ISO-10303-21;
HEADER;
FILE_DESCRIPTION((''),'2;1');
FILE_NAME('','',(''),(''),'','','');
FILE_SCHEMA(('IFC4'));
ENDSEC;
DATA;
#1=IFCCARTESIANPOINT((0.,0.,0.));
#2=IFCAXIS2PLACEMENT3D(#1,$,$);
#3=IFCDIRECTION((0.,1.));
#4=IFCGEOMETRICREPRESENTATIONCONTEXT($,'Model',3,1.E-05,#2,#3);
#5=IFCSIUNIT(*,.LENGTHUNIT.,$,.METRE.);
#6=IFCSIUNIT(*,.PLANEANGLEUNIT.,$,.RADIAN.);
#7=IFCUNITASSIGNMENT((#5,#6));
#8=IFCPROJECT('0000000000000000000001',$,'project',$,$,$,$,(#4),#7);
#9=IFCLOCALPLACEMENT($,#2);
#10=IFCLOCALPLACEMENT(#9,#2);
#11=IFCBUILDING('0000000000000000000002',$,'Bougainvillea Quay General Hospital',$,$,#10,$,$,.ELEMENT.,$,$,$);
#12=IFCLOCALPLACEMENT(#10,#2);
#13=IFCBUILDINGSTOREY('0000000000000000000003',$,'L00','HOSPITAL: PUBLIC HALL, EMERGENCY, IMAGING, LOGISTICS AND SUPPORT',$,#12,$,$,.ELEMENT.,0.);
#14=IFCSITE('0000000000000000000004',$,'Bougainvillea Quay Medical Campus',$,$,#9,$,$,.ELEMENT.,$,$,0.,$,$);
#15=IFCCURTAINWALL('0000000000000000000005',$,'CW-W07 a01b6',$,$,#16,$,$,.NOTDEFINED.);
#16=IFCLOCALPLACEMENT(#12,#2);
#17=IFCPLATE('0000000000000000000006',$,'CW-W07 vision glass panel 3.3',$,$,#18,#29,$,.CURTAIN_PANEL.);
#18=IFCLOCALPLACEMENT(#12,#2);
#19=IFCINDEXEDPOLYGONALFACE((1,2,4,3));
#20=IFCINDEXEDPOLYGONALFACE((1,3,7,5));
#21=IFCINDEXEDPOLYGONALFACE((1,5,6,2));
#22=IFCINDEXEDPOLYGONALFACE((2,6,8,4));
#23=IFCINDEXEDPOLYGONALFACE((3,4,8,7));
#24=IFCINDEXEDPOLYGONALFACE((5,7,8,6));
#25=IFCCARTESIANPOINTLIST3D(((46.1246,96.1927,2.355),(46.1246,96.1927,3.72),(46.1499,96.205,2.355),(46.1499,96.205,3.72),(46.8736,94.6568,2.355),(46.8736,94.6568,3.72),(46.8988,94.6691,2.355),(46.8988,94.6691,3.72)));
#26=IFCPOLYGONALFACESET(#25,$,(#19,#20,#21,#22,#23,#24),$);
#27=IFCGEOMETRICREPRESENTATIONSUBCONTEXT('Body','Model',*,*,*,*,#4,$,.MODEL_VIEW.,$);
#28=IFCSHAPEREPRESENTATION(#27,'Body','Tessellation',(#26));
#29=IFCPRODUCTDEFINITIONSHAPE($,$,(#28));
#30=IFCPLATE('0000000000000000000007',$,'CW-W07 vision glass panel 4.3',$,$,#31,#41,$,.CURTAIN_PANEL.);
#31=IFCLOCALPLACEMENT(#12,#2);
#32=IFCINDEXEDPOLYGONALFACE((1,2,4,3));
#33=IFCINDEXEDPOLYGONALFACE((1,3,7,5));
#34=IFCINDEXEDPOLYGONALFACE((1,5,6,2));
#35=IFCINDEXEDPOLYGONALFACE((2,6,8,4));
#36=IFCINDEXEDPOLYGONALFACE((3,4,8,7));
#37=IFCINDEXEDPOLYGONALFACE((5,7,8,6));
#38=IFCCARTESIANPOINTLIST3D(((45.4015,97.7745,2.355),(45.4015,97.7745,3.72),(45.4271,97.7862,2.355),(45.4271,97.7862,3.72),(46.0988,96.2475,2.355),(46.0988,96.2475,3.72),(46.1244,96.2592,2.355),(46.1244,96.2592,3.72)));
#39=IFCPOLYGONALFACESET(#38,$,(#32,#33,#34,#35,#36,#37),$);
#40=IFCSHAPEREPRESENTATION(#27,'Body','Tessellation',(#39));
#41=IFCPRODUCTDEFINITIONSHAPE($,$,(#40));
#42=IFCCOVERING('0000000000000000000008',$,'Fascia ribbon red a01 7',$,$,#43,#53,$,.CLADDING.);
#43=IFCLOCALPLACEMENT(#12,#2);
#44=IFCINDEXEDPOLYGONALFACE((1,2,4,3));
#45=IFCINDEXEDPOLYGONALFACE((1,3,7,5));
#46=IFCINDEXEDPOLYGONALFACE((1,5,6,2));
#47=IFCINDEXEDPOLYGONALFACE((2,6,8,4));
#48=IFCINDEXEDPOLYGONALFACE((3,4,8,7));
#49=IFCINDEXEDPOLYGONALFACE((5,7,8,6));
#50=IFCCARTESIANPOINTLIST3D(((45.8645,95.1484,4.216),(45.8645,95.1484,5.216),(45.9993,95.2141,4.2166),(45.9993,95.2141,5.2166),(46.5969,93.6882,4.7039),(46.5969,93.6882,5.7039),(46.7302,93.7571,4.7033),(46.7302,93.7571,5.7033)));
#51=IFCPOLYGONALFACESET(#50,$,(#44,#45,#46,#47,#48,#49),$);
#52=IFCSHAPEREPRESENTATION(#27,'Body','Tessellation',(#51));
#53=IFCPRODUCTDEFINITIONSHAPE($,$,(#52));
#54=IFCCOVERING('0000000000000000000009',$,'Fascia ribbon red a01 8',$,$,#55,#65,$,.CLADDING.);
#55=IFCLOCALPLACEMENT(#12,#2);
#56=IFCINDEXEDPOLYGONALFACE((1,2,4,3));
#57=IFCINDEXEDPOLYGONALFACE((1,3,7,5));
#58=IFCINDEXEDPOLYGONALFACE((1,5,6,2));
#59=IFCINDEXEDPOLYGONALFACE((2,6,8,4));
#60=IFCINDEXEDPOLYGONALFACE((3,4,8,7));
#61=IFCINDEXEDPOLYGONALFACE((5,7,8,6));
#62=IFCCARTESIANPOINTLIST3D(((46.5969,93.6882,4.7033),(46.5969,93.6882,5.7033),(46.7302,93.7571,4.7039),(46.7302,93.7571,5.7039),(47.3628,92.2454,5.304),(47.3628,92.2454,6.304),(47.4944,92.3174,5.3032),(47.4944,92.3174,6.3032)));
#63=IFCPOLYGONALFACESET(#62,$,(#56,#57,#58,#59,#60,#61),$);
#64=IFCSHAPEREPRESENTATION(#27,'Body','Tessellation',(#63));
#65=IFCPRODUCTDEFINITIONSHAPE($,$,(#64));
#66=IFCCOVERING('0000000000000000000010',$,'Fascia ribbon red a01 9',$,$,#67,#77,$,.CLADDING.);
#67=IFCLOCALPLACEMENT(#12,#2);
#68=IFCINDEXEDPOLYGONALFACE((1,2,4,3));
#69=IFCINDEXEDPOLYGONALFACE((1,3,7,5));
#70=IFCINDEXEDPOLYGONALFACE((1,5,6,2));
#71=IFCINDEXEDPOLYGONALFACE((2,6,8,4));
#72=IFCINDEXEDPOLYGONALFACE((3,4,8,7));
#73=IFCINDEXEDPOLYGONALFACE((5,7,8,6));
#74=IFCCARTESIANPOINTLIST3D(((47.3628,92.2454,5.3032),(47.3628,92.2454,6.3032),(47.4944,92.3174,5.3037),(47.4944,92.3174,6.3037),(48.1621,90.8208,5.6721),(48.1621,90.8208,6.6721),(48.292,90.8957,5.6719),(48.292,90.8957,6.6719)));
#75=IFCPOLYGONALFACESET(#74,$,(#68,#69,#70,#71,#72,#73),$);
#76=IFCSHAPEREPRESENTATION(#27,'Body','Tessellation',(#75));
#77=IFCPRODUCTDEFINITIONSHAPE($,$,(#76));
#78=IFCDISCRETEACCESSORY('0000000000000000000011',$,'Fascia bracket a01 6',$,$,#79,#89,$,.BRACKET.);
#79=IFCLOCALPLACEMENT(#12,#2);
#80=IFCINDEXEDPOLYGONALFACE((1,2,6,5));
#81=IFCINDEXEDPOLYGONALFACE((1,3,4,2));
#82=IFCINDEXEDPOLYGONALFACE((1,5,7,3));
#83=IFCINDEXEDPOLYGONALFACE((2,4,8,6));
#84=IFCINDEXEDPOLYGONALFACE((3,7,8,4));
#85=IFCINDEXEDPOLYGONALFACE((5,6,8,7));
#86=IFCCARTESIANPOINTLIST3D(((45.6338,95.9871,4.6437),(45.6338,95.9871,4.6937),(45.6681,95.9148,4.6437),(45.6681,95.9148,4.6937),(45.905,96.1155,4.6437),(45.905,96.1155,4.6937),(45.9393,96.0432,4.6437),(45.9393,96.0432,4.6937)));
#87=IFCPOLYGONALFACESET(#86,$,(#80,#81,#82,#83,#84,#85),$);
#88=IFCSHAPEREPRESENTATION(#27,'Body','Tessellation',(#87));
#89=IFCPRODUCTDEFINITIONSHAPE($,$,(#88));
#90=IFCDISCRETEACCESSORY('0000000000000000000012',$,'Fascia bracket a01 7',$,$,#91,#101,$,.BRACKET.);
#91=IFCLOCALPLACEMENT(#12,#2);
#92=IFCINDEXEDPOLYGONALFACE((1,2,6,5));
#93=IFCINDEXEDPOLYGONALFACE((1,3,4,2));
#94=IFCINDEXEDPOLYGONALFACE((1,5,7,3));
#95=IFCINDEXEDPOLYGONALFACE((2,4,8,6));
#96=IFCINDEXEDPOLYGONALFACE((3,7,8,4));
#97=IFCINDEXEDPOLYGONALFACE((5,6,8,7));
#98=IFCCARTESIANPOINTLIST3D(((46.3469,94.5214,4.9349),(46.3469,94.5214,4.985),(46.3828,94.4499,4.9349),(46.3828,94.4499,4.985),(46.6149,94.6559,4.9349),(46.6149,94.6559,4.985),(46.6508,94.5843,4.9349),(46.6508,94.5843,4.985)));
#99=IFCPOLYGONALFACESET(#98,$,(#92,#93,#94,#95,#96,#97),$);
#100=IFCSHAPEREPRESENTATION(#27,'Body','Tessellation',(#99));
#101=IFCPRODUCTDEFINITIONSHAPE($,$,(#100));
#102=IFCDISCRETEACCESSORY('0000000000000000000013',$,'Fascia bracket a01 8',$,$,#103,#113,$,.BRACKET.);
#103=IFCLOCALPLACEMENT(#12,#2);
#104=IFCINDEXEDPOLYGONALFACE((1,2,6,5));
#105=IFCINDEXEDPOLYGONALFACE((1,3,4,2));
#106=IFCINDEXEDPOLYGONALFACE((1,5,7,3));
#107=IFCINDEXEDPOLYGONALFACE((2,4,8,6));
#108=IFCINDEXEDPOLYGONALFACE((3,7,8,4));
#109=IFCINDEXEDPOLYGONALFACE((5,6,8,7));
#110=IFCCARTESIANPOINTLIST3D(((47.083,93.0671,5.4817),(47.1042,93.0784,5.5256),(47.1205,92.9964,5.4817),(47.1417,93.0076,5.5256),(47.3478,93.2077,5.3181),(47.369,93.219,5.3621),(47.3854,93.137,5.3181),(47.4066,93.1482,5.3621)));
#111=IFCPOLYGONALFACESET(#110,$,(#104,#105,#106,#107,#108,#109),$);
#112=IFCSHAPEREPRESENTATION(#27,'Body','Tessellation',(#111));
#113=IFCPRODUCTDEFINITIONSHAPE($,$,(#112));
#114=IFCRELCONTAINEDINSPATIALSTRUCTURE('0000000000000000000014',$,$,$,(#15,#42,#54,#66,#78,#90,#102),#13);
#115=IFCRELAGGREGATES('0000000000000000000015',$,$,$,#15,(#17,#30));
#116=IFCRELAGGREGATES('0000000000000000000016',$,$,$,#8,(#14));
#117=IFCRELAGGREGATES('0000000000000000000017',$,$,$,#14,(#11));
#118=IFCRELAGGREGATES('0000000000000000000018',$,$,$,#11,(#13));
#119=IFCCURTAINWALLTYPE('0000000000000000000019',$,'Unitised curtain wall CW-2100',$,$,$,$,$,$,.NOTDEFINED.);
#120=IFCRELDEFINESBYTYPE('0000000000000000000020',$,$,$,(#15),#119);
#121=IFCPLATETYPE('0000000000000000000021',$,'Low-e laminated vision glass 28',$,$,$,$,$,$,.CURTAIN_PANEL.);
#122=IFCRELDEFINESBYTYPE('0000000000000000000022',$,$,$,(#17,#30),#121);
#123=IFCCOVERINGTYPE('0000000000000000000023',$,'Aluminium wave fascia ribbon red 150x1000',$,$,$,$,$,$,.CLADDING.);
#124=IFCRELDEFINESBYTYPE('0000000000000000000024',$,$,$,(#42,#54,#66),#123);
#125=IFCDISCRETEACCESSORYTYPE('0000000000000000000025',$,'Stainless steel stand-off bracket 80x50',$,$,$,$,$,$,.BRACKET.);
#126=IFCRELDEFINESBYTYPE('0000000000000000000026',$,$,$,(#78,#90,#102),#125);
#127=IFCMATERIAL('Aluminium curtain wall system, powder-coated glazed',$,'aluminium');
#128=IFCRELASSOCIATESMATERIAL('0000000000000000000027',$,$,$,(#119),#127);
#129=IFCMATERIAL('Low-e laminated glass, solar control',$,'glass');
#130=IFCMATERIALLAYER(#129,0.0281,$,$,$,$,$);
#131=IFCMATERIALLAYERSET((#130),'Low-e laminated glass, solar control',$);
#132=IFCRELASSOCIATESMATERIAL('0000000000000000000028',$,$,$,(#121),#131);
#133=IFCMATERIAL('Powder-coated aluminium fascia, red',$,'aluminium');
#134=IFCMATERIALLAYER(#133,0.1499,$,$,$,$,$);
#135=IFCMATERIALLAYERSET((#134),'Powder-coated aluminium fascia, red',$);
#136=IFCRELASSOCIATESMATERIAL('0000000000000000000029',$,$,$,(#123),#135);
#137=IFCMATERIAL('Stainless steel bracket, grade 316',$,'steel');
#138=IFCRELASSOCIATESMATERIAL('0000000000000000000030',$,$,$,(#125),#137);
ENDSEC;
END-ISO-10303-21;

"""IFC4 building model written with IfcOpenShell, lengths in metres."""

from ifc_helpers import new_model, si_unit, direction, frame, origin, origin_2d, place, context, subcontext, project, spatial, polyline, rectangle, outline, extrude, material, layer, layer_set, material_profile, profile_set, type_object, element, aggregate, save


model = new_model("IFC4")

# Units and contexts
model_context = context("Model", 3, precision=1e-05, world=origin(), true_north=direction((0.0, 1.0)))
body_context = subcontext(model_context, "Body", "Model", "MODEL_VIEW")
ifc_project = project(units=[si_unit("LENGTHUNIT", "METRE"), si_unit("PLANEANGLEUNIT", "RADIAN")], contexts=[model_context])

# Site, building, storey
site_placement = place(None, origin())
site = spatial("IfcSite", under=ifc_project, at=site_placement, Name="Bougainvillea Quay Medical Campus", CompositionType="ELEMENT", RefElevation=0.0)
building_placement = place(site_placement, origin())
building = spatial("IfcBuilding", under=site, at=building_placement, Name="Bougainvillea Quay General Hospital", CompositionType="ELEMENT")
storey_placement = place(building_placement, origin())
storey = spatial("IfcBuildingStorey", under=building, at=storey_placement, Name="L00", Description="HOSPITAL: PUBLIC HALL, EMERGENCY, IMAGING, LOGISTICS AND SUPPORT", CompositionType="ELEMENT", Elevation=0.0)

# Curtain wall
ifc_material_1 = material(Name="Aluminium curtain wall system, powder-coated glazed", Category="aluminium")
curtain_wall_type = type_object("IfcCurtainWallType", Name="Unitised curtain wall CW-2100", PredefinedType="NOTDEFINED", material=ifc_material_1)
curtain_wall_1_placement = place(storey_placement, origin())
curtain_wall_1 = element("IfcCurtainWall", 1, at=curtain_wall_1_placement, inside=storey, type_object=curtain_wall_type, Name="CW-W07 a01b6", PredefinedType="NOTDEFINED")

# Plates
ifc_material_2 = material(Name="Low-e laminated glass, solar control", Category="glass")
ifc_layer_1 = layer(ifc_material_2, 0.0281)
ifc_layer_set_1 = layer_set([ifc_layer_1], Name="Low-e laminated glass, solar control")
plate_type_1 = type_object("IfcPlateType", Name="Low-e laminated vision glass 28", PredefinedType="CURTAIN_PANEL", material=ifc_layer_set_1)
plate_1_placement = place(storey_placement, frame((46.5117, 95.4309, 2.355), z_axis=(0.0, 0.0, 1.0), x_axis=(-0.438301, 0.898828, 0.0)))
plate_1 = element("IfcPlate", 2, at=plate_1_placement, type_object=plate_type_1, Name="CW-W07 vision glass panel 3.3", PredefinedType="CURTAIN_PANEL", context=body_context, shape_type="SweptSolid", body=[
    extrude(rectangle(XDim=1.7087, YDim=0.0281, at=origin_2d()), origin(), (0.0, 0.0, 1.0), 1.365),
])
plate_2_placement = place(storey_placement, frame((45.7629, 97.0168, 2.355), z_axis=(0.0, 0.0, 1.0), x_axis=(-0.415368, 0.909653, 0.0)))
plate_2 = element("IfcPlate", 3, at=plate_2_placement, type_object=plate_type_1, Name="CW-W07 vision glass panel 4.3", PredefinedType="CURTAIN_PANEL", context=body_context, shape_type="SweptSolid", body=[
    extrude(rectangle(XDim=1.6787, YDim=0.0281, at=origin_2d()), origin(), (0.0, 0.0, 1.0), 1.365),
])
aggregate(curtain_wall_1, [plate_1, plate_2])

# Coverings
ifc_material_3 = material(Name="Powder-coated aluminium fascia, red", Category="aluminium")
ifc_layer_2 = layer(ifc_material_3, 0.1499)
ifc_layer_set_2 = layer_set([ifc_layer_2], Name="Powder-coated aluminium fascia, red")
covering_type = type_object("IfcCoveringType", Name="Aluminium wave fascia ribbon red 150x1000", PredefinedType="CLADDING", material=ifc_layer_set_2)
covering_1_placement = place(storey_placement, frame((45.9993, 95.2141, 4.2166), z_axis=(-0.128336, 0.255741, 0.958189), x_axis=(0.429663, -0.856456, 0.286135)))
element("IfcCovering", 4, at=covering_1_placement, inside=storey, type_object=covering_type, Name="Fascia ribbon red a01 7", PredefinedType="CLADDING", context=body_context, shape_type="SweptSolid", body=[
    extrude(outline(polyline([(0.0, 0.0), (1.7012, 0.0), (1.7031, -0.15), (-0.0018, -0.1499), (0.0, 0.0)])), origin(), (0.286135, 0.000032, 0.958189), 1.0),
])
covering_2_placement = place(storey_placement, frame((46.7302, 93.7571, 4.7039), z_axis=(-0.161362, 0.305055, 0.938565), x_axis=(0.440028, -0.829023, 0.345103)))
element("IfcCovering", 5, at=covering_2_placement, inside=storey, type_object=covering_type, Name="Fascia ribbon red a01 8", PredefinedType="CLADDING", context=body_context, shape_type="SweptSolid", body=[
    extrude(outline(polyline([(0.0, 0.0), (1.7366, 0.0), (1.7387, -0.15), (-0.0017, -0.15), (0.0, 0.0)])), origin(), (0.345103, -0.000459, 0.938565), 1.0),
])
covering_3_placement = place(storey_placement, frame((47.4944, 92.3174, 5.3037), z_axis=(-0.108635, 0.191649, 0.975433), x_axis=(0.47728, -0.85069, 0.220296)))
element("IfcCovering", 6, at=covering_3_placement, inside=storey, type_object=covering_type, Name="Fascia ribbon red a01 9", PredefinedType="CLADDING", context=body_context, shape_type="SweptSolid", body=[
    extrude(outline(polyline([(0.0, 0.0), (1.6712, 0.0), (1.673, -0.1499), (-0.0016, -0.15), (0.0, 0.0)])), origin(), (0.220296, 0.000944, 0.975433), 1.0),
])

# Discrete accessories
ifc_material_4 = material(Name="Stainless steel bracket, grade 316", Category="steel")
ifc_material_profile_1 = material_profile(ifc_material_4, rectangle(XDim=0.0801, YDim=0.05, at=origin_2d()))
ifc_profile_set_1 = profile_set([ifc_material_profile_1], Name="Stainless steel bracket, grade 316")
discrete_accessory_type = type_object("IfcDiscreteAccessoryType", Name="Stainless steel stand-off bracket 80x50", PredefinedType="BRACKET", material=ifc_profile_set_1)
discrete_accessory_1_placement = place(storey_placement, frame((45.9221, 96.0793, 4.6687), z_axis=(-0.903821, -0.427911, 0.0), x_axis=(0.427911, -0.903821, 0.0)))
element("IfcDiscreteAccessory", 7, at=discrete_accessory_1_placement, inside=storey, type_object=discrete_accessory_type, Name="Fascia bracket a01 6", PredefinedType="BRACKET", context=body_context, shape_type="SweptSolid", body=[
    extrude(rectangle(XDim=0.0801, YDim=0.05, at=origin_2d()), origin(), (0.0, 0.0, 1.0), 0.3),
])
discrete_accessory_2_placement = place(storey_placement, frame((46.6328, 94.6201, 4.96), z_axis=(-0.893775, -0.448516, 0.0), x_axis=(0.448516, -0.893775, 0.0)))
element("IfcDiscreteAccessory", 8, at=discrete_accessory_2_placement, inside=storey, type_object=discrete_accessory_type, Name="Fascia bracket a01 7", PredefinedType="BRACKET", context=body_context, shape_type="SweptSolid", body=[
    extrude(rectangle(XDim=0.0801, YDim=0.05, at=origin_2d()), origin(), (0.0, 0.0, 1.0), 0.2998),
])
discrete_accessory_3_placement = place(storey_placement, frame((47.3772, 93.178, 5.3401), z_axis=(-0.775415, -0.411649, 0.478828), x_axis=(0.468897, -0.883253, 0.0)))
element("IfcDiscreteAccessory", 9, at=discrete_accessory_3_placement, inside=storey, type_object=discrete_accessory_type, Name="Fascia bracket a01 8", PredefinedType="BRACKET", context=body_context, shape_type="SweptSolid", body=[
    extrude(rectangle(XDim=0.0801, YDim=0.05, at=origin_2d()), origin(), (0.0, 0.0, 1.0), 0.3416),
])

save(model, "model.ifc")
